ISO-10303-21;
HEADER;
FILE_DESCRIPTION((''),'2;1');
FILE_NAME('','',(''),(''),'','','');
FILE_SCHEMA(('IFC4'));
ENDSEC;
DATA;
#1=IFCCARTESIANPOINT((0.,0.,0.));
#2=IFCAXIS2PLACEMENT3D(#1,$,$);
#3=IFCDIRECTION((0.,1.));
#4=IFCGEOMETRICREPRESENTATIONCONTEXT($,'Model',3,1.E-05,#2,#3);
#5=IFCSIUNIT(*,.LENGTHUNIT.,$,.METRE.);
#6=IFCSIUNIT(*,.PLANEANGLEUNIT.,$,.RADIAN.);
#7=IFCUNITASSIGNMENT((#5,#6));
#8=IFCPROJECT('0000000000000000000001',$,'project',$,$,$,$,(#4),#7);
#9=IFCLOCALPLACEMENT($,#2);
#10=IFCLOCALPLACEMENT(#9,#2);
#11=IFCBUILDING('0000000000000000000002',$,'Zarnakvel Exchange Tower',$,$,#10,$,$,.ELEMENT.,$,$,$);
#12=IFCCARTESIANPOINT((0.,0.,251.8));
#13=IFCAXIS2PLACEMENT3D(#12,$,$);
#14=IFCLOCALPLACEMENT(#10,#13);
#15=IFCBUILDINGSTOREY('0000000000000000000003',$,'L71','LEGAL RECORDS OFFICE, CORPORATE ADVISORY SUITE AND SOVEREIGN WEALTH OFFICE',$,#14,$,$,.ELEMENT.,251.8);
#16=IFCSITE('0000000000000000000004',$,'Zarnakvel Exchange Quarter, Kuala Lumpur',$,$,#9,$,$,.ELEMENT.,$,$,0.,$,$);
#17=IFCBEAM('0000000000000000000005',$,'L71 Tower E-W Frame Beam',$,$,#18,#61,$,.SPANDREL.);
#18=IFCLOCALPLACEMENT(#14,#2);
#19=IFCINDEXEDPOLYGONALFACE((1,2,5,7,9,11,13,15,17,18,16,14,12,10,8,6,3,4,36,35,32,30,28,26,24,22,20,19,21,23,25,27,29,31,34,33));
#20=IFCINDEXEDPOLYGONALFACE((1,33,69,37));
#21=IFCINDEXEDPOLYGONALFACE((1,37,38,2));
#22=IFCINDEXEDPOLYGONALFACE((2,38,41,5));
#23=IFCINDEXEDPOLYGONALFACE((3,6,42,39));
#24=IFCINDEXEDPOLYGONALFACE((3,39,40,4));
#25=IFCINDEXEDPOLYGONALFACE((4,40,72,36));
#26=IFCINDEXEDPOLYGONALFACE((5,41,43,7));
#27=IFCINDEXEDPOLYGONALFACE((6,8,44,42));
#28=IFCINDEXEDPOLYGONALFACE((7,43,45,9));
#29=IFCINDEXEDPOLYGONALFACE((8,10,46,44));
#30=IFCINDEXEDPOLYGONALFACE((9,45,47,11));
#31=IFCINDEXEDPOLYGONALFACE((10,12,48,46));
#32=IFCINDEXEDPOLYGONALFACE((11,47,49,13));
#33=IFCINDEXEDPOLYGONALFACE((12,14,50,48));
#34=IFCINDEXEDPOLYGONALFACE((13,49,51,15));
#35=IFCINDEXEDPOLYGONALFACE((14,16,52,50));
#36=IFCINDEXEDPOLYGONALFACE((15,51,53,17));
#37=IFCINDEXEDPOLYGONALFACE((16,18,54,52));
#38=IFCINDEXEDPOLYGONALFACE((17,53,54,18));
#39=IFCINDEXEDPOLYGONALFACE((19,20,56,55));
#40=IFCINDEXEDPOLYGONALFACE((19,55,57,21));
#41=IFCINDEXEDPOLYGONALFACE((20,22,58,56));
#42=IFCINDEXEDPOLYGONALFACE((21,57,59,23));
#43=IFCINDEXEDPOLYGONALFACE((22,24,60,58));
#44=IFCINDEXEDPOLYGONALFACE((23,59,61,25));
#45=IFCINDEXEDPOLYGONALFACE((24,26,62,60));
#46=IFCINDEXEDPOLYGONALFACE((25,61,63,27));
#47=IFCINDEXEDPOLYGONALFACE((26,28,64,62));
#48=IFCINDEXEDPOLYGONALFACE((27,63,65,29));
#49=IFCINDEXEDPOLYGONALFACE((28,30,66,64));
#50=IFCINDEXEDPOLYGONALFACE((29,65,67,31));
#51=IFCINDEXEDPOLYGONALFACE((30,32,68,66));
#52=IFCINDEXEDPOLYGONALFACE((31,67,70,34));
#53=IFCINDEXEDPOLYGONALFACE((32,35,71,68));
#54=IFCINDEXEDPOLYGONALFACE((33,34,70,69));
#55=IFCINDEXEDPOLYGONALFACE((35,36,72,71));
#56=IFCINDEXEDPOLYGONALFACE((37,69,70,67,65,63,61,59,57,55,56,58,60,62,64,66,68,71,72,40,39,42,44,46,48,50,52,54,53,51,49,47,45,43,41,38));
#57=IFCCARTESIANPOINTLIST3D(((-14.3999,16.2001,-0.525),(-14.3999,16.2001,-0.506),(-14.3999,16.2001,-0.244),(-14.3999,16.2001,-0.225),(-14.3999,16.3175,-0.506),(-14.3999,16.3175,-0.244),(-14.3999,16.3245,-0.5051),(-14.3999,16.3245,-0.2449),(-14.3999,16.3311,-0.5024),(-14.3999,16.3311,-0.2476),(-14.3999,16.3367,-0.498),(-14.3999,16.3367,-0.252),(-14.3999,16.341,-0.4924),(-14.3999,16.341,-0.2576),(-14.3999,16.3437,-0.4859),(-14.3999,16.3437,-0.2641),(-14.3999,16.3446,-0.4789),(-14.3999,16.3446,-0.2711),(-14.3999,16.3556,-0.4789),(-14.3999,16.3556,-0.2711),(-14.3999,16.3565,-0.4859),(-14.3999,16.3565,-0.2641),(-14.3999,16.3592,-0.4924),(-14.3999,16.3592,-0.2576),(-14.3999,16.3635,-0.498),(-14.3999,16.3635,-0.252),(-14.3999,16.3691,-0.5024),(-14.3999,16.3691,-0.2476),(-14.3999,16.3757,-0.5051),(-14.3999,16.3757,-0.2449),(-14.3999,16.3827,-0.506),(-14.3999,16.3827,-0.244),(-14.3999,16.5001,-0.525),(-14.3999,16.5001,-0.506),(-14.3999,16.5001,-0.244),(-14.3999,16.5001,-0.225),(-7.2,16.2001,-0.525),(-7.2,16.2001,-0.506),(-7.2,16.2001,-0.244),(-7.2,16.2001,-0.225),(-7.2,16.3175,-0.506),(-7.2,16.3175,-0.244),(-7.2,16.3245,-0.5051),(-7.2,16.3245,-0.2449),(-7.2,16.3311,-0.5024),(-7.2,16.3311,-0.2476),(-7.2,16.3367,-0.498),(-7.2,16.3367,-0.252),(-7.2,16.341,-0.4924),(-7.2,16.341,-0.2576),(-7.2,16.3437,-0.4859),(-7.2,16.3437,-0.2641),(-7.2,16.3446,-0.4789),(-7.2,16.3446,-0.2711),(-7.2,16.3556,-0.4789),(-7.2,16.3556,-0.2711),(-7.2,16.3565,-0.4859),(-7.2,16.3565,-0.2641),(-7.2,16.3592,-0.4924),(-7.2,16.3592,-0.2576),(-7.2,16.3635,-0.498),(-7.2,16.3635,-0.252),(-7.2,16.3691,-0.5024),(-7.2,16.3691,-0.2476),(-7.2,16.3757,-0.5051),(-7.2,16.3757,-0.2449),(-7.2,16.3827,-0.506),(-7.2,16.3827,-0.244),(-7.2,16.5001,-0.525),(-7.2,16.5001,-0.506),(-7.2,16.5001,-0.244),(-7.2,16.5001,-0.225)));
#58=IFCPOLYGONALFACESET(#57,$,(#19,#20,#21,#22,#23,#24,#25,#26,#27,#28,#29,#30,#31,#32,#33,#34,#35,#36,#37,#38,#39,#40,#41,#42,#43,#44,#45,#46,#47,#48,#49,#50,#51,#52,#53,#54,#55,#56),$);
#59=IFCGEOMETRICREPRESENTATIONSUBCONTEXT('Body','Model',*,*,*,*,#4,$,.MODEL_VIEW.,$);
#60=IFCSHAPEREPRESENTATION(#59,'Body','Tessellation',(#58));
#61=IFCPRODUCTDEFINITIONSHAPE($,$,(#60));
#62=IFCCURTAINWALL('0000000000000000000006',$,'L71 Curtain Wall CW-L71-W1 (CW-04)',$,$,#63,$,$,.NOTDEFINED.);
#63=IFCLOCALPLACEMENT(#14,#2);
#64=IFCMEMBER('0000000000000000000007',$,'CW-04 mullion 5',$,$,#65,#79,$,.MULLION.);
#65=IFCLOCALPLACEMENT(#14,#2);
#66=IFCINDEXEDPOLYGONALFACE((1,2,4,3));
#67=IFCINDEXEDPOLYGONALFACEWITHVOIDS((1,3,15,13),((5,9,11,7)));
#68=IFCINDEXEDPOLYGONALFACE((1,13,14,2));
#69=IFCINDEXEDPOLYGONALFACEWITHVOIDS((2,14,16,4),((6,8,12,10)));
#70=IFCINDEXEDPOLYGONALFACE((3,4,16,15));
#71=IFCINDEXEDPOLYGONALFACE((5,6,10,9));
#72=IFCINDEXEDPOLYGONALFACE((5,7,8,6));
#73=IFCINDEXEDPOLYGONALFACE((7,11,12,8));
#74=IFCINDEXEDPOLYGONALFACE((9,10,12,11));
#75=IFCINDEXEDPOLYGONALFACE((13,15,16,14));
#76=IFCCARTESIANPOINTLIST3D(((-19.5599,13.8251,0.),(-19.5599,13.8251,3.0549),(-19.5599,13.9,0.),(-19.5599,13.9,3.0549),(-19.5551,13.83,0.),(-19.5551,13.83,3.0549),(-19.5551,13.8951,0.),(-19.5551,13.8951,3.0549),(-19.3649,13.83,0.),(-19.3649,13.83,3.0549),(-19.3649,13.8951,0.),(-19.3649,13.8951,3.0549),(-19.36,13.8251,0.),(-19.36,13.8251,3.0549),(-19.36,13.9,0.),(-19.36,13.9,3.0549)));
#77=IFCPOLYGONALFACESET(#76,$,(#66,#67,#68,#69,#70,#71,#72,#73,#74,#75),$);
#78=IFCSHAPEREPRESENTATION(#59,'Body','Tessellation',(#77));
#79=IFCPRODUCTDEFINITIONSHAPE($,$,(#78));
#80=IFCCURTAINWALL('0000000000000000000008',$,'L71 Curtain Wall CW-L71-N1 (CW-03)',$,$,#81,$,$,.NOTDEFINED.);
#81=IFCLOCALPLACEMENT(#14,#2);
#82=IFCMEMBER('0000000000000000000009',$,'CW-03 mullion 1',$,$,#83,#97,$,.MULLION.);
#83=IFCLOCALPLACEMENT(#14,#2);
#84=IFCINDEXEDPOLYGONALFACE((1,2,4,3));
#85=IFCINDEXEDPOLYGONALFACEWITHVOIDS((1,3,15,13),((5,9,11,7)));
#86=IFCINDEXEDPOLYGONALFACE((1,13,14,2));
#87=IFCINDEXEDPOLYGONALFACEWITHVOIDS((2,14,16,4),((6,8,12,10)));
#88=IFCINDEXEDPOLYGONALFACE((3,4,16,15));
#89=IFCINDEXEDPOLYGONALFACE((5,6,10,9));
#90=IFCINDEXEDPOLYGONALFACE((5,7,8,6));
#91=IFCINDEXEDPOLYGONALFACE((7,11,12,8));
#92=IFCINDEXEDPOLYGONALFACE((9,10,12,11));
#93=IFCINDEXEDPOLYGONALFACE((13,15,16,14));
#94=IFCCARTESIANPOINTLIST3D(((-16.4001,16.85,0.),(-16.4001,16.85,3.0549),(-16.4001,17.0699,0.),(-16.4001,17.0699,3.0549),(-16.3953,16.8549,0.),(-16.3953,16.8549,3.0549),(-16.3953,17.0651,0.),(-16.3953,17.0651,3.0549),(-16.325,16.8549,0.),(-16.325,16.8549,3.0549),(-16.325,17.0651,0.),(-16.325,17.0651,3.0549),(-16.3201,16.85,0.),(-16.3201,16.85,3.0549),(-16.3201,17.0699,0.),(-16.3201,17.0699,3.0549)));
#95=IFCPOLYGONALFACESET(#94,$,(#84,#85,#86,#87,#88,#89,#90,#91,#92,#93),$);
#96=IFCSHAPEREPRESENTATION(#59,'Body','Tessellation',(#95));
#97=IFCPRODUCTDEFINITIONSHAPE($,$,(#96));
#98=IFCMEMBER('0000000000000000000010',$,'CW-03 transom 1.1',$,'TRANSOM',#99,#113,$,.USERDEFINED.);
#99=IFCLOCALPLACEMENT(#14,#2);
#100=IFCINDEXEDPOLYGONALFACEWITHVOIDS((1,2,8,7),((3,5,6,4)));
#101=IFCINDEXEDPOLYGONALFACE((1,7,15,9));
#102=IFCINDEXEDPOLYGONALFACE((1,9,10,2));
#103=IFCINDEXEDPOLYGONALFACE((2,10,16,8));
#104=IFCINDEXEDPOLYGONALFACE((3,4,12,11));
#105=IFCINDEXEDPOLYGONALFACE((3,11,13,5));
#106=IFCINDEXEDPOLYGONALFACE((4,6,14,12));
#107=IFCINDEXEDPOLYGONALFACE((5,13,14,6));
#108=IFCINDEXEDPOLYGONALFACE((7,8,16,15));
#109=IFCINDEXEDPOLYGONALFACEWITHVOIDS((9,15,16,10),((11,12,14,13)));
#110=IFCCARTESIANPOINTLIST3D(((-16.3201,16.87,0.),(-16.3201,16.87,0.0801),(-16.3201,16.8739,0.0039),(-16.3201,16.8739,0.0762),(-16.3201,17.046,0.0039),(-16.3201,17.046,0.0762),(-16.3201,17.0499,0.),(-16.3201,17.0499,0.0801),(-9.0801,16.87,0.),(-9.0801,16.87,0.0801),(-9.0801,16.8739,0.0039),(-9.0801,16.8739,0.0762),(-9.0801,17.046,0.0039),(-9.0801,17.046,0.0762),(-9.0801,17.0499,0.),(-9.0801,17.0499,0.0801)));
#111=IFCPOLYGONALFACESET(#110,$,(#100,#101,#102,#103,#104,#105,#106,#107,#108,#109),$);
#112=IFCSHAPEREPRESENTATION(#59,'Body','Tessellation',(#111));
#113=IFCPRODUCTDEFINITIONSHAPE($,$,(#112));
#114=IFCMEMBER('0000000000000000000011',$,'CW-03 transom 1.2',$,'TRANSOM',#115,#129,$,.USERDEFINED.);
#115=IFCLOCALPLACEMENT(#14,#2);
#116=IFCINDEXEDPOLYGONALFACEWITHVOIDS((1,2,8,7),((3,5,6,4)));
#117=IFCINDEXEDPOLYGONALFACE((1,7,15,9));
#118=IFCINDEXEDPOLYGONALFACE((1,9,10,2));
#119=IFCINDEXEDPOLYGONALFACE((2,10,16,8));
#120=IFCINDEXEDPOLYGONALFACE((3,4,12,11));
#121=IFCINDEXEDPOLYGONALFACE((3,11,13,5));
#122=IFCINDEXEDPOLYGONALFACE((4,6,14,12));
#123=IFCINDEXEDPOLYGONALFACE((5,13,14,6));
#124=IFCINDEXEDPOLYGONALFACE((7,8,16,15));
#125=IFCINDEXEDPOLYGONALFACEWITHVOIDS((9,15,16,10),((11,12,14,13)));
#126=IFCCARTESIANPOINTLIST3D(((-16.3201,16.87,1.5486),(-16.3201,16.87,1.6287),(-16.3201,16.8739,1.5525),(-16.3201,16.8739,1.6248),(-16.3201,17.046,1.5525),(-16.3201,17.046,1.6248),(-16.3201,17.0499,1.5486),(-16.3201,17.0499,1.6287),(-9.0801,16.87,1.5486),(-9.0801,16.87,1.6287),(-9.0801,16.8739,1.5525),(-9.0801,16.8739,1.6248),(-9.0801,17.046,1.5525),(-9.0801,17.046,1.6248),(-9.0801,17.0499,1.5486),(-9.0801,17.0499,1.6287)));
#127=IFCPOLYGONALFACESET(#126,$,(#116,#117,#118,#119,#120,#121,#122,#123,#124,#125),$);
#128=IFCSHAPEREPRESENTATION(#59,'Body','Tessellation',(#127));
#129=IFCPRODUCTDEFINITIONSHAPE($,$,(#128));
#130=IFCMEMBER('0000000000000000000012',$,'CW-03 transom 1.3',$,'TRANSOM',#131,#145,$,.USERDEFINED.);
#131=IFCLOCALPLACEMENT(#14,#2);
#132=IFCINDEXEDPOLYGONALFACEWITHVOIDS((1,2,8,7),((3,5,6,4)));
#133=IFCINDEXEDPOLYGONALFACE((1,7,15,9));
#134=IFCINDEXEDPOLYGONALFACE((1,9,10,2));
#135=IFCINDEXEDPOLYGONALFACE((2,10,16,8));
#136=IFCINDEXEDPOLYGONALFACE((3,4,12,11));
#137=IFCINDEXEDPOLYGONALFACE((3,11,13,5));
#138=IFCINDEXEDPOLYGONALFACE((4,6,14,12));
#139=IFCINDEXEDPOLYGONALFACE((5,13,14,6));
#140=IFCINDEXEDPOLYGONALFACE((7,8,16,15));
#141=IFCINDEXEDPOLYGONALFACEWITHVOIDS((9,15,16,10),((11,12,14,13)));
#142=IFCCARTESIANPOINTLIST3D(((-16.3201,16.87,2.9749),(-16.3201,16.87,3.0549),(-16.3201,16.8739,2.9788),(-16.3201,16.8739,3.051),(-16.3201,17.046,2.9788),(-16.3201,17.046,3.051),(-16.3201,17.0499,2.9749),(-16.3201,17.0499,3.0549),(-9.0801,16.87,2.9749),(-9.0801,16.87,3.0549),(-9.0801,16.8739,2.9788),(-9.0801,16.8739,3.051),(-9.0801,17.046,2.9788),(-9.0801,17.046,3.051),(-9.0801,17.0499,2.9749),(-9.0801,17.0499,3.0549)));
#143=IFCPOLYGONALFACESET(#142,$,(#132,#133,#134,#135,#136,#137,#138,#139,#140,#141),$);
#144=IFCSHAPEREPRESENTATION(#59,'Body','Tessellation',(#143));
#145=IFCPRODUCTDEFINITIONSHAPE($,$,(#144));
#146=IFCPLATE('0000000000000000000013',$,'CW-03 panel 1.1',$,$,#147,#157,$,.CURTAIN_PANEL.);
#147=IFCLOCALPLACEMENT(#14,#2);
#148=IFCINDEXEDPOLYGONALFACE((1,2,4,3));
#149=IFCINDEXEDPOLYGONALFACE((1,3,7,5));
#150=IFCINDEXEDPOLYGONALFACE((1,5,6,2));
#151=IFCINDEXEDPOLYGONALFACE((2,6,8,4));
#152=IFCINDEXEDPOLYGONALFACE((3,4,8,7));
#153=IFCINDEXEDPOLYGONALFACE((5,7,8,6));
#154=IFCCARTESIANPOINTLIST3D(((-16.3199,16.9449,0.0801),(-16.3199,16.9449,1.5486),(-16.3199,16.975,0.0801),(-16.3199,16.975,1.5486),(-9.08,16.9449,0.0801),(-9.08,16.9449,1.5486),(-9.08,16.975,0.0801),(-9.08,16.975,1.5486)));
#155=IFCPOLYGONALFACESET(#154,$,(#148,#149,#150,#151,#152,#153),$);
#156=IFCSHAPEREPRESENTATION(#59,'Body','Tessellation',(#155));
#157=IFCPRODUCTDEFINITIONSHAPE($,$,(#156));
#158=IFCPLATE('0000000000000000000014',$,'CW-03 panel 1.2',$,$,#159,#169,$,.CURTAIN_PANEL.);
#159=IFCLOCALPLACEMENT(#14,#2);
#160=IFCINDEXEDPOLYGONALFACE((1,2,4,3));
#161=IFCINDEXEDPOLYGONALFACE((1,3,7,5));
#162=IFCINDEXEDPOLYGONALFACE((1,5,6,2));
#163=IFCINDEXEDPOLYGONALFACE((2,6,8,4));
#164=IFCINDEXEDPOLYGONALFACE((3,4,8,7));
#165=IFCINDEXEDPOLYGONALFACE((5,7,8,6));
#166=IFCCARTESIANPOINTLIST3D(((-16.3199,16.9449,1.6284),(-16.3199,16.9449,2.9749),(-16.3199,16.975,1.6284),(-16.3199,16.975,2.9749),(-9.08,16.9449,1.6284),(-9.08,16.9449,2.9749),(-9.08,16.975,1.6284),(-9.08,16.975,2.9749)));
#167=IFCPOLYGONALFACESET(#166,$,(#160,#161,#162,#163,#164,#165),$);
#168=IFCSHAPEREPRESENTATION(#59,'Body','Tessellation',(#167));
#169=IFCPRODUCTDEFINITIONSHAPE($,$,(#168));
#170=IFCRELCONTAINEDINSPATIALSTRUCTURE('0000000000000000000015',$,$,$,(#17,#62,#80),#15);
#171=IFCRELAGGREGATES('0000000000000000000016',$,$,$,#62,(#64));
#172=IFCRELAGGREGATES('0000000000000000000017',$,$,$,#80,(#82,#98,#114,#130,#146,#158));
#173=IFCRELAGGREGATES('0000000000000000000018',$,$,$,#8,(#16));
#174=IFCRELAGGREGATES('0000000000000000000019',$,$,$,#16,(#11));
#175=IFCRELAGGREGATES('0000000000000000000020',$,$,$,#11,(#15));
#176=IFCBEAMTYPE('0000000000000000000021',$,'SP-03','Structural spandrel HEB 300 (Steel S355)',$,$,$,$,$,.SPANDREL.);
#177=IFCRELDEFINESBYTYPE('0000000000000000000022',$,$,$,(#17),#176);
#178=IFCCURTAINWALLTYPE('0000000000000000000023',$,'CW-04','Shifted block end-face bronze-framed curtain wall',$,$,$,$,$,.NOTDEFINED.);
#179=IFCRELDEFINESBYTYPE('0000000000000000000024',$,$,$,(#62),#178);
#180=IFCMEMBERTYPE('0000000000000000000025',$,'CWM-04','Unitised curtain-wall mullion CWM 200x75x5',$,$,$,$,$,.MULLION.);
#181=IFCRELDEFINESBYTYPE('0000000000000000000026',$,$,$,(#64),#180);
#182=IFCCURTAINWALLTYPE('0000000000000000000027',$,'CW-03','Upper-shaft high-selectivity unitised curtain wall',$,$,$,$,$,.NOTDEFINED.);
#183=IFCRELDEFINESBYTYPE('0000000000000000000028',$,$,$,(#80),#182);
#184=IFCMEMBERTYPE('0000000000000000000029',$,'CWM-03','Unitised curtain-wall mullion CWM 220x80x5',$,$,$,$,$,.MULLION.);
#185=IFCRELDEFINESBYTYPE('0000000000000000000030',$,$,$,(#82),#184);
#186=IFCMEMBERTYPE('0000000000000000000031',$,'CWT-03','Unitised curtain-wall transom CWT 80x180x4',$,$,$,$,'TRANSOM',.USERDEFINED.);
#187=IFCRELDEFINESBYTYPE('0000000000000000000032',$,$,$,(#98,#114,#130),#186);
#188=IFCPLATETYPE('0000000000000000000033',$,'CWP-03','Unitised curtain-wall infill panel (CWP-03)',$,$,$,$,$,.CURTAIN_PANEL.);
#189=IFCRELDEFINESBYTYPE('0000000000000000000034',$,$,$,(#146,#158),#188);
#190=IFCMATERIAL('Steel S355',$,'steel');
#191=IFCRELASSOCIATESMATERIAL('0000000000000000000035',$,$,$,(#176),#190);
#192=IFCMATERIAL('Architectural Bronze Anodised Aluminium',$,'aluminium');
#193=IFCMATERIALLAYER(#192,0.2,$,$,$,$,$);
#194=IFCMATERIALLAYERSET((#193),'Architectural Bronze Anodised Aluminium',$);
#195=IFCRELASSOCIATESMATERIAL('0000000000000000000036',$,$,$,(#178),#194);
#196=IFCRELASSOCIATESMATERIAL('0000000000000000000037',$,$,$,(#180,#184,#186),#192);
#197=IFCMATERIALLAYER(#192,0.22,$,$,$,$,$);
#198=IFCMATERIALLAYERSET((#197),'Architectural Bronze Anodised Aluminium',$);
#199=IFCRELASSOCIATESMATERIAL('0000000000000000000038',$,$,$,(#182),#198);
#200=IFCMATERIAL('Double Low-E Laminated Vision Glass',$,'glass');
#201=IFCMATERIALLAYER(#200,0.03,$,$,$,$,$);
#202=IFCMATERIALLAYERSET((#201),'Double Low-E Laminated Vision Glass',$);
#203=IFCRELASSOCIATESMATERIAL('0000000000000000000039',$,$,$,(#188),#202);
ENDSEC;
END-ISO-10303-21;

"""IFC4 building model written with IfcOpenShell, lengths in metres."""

from ifc_helpers import new_model, si_unit, direction, frame, origin, origin_2d, place, context, subcontext, project, spatial, rectangle, hollow_rectangle, i_section, extrude, source, transform, mapped, material, layer, layer_set, material_profile, profile_set, type_object, element, aggregate, save


model = new_model("IFC4")

# Units and contexts
model_context = context("Model", 3, precision=1e-05, world=origin(), true_north=direction((0.0, 1.0)))
body_context = subcontext(model_context, "Body", "Model", "MODEL_VIEW")
ifc_project = project(units=[si_unit("LENGTHUNIT", "METRE"), si_unit("PLANEANGLEUNIT", "RADIAN")], contexts=[model_context])

# Site, building, storey
site_placement = place(None, origin())
site = spatial("IfcSite", under=ifc_project, at=site_placement, Name="Zarnakvel Exchange Quarter, Kuala Lumpur", CompositionType="ELEMENT", RefElevation=0.0)
building_placement = place(site_placement, origin())
building = spatial("IfcBuilding", under=site, at=building_placement, Name="Zarnakvel Exchange Tower", CompositionType="ELEMENT")
storey_placement = place(building_placement, frame((0.0, 0.0, 251.8)))
storey = spatial("IfcBuildingStorey", under=building, at=storey_placement, Name="L71", Description="LEGAL RECORDS OFFICE, CORPORATE ADVISORY SUITE AND SOVEREIGN WEALTH OFFICE", CompositionType="ELEMENT", Elevation=251.8)

# Shared definitions
ifc_material_1 = material(Name="Steel S355", Category="steel")

# Beam
ifc_material_profile_1 = material_profile(ifc_material_1, i_section(OverallWidth=0.3, OverallDepth=0.3, WebThickness=0.011, FlangeThickness=0.019, FilletRadius=0.0271, at=origin_2d()))
ifc_profile_set_1 = profile_set([ifc_material_profile_1], Name="Steel S355")
beam_type_1 = type_object("IfcBeamType", Name="SP-03", Description="Structural spandrel HEB 300 (Steel S355)", PredefinedType="SPANDREL", material=ifc_profile_set_1)
beam_1_placement = place(storey_placement, frame((-14.3999, 16.3501, -0.375), z_axis=(1.0, 0.0, 0.0), x_axis=(0.0, 1.0, 0.0)))
element("IfcBeam", 1, at=beam_1_placement, inside=storey, type_object=beam_type_1, Name="L71 Tower E-W Frame Beam", PredefinedType="SPANDREL", context=body_context, shape_type="SweptSolid", body=[
    extrude(i_section(OverallWidth=0.3, OverallDepth=0.3, WebThickness=0.011, FlangeThickness=0.019, FilletRadius=0.0271, at=origin_2d()), origin(), (0.0, 0.0, 1.0), 7.2),
])

# Curtain wall, member
ifc_material_2 = material(Name="Architectural Bronze Anodised Aluminium", Category="aluminium")
ifc_layer_1 = layer(ifc_material_2, 0.2)
ifc_layer_set_1 = layer_set([ifc_layer_1], Name="Architectural Bronze Anodised Aluminium")
curtain_wall_type_1 = type_object("IfcCurtainWallType", Name="CW-04", Description="Shifted block end-face bronze-framed curtain wall", PredefinedType="NOTDEFINED", material=ifc_layer_set_1)
curtain_wall_1_placement = place(storey_placement, origin())
curtain_wall_1 = element("IfcCurtainWall", 2, at=curtain_wall_1_placement, inside=storey, type_object=curtain_wall_type_1, Name="L71 Curtain Wall CW-L71-W1 (CW-04)", PredefinedType="NOTDEFINED")
ifc_material_profile_2 = material_profile(ifc_material_2, hollow_rectangle(XDim=0.2, YDim=0.075, WallThickness=0.0049, at=origin_2d()))
ifc_profile_set_2 = profile_set([ifc_material_profile_2], Name="Architectural Bronze Anodised Aluminium")
member_type_1 = type_object("IfcMemberType", Name="CWM-04", Description="Unitised curtain-wall mullion CWM 200x75x5", PredefinedType="MULLION", material=ifc_profile_set_2)
shared_shape_1 = source(origin(), body_context, "Body", "SweptSolid", [
    extrude(hollow_rectangle(XDim=0.2, YDim=0.075, WallThickness=0.0049, at=origin_2d()), origin(), (0.0, 0.0, 1.0), 3.0549),
])
member_1_placement = place(storey_placement, frame((-19.46, 13.8625, 0.0), z_axis=(0.0, 0.0, 1.0), x_axis=(-1.0, 0.0, 0.0)))
member_1 = element("IfcMember", 3, at=member_1_placement, type_object=member_type_1, Name="CW-04 mullion 5", PredefinedType="MULLION", context=body_context, shape_type="MappedRepresentation", body=[
    mapped(shared_shape_1, transform((0.0, 0.0, 0.0), x_axis=(1.0, 0.0, 0.0), y_axis=(0.0, 1.0, 0.0), z_axis=(0.0, 0.0, 1.0), scale=1.0)),
])
aggregate(curtain_wall_1, [member_1])

# Curtain wall, members, plates
ifc_layer_2 = layer(ifc_material_2, 0.22)
ifc_layer_set_2 = layer_set([ifc_layer_2], Name="Architectural Bronze Anodised Aluminium")
curtain_wall_type_2 = type_object("IfcCurtainWallType", Name="CW-03", Description="Upper-shaft high-selectivity unitised curtain wall", PredefinedType="NOTDEFINED", material=ifc_layer_set_2)
curtain_wall_2_placement = place(storey_placement, origin())
curtain_wall_2 = element("IfcCurtainWall", 4, at=curtain_wall_2_placement, inside=storey, type_object=curtain_wall_type_2, Name="L71 Curtain Wall CW-L71-N1 (CW-03)", PredefinedType="NOTDEFINED")
ifc_material_profile_3 = material_profile(ifc_material_2, hollow_rectangle(XDim=0.22, YDim=0.0801, WallThickness=0.0049, at=origin_2d()))
ifc_profile_set_3 = profile_set([ifc_material_profile_3], Name="Architectural Bronze Anodised Aluminium")
member_type_2 = type_object("IfcMemberType", Name="CWM-03", Description="Unitised curtain-wall mullion CWM 220x80x5", PredefinedType="MULLION", material=ifc_profile_set_3)
shared_shape_2 = source(origin(), body_context, "Body", "SweptSolid", [
    extrude(hollow_rectangle(XDim=0.22, YDim=0.0801, WallThickness=0.0049, at=origin_2d()), origin(), (0.0, 0.0, 1.0), 3.0549),
])
member_2_placement = place(storey_placement, frame((-16.3601, 16.96, 0.0), z_axis=(0.0, 0.0, 1.0), x_axis=(0.0, 1.0, 0.0)))
member_2 = element("IfcMember", 5, at=member_2_placement, type_object=member_type_2, Name="CW-03 mullion 1", PredefinedType="MULLION", context=body_context, shape_type="MappedRepresentation", body=[
    mapped(shared_shape_2, transform((0.0, 0.0, 0.0), x_axis=(1.0, 0.0, 0.0), y_axis=(0.0, 1.0, 0.0), z_axis=(0.0, 0.0, 1.0), scale=1.0)),
])
ifc_material_profile_4 = material_profile(ifc_material_2, hollow_rectangle(XDim=0.1799, YDim=0.0801, WallThickness=0.0039, at=origin_2d()))
ifc_profile_set_4 = profile_set([ifc_material_profile_4], Name="Architectural Bronze Anodised Aluminium")
member_type_3 = type_object("IfcMemberType", Name="CWT-03", Description="Unitised curtain-wall transom CWT 80x180x4", ElementType="TRANSOM", PredefinedType="USERDEFINED", material=ifc_profile_set_4)
shared_shape_3 = source(origin(), body_context, "Body", "SweptSolid", [
    extrude(hollow_rectangle(XDim=0.1799, YDim=0.0801, WallThickness=0.0039, at=origin_2d()), origin(), (0.0, 0.0, 1.0), 7.24),
])
member_3_placement = place(storey_placement, frame((-16.3201, 16.96, 0.04), z_axis=(1.0, 0.0, 0.0), x_axis=(0.0, 1.0, 0.0)))
member_3 = element("IfcMember", 6, at=member_3_placement, type_object=member_type_3, Name="CW-03 transom 1.1", ObjectType="TRANSOM", PredefinedType="USERDEFINED", context=body_context, shape_type="MappedRepresentation", body=[
    mapped(shared_shape_3, transform((0.0, 0.0, 0.0), x_axis=(1.0, 0.0, 0.0), y_axis=(0.0, 1.0, 0.0), z_axis=(0.0, 0.0, 1.0), scale=1.0)),
])
member_4_placement = place(storey_placement, frame((-16.3201, 16.96, 1.5886), z_axis=(1.0, 0.0, 0.0), x_axis=(0.0, 1.0, 0.0)))
member_4 = element("IfcMember", 7, at=member_4_placement, type_object=member_type_3, Name="CW-03 transom 1.2", ObjectType="TRANSOM", PredefinedType="USERDEFINED", context=body_context, shape_type="MappedRepresentation", body=[
    mapped(shared_shape_3, transform((0.0, 0.0, 0.0), x_axis=(1.0, 0.0, 0.0), y_axis=(0.0, 1.0, 0.0), z_axis=(0.0, 0.0, 1.0), scale=1.0)),
])
member_5_placement = place(storey_placement, frame((-16.3201, 16.96, 3.0149), z_axis=(1.0, 0.0, 0.0), x_axis=(0.0, 1.0, 0.0)))
member_5 = element("IfcMember", 8, at=member_5_placement, type_object=member_type_3, Name="CW-03 transom 1.3", ObjectType="TRANSOM", PredefinedType="USERDEFINED", context=body_context, shape_type="MappedRepresentation", body=[
    mapped(shared_shape_3, transform((0.0, 0.0, 0.0), x_axis=(1.0, 0.0, 0.0), y_axis=(0.0, 1.0, 0.0), z_axis=(0.0, 0.0, 1.0), scale=1.0)),
])
ifc_material_3 = material(Name="Double Low-E Laminated Vision Glass", Category="glass")
ifc_layer_3 = layer(ifc_material_3, 0.03)
ifc_layer_set_3 = layer_set([ifc_layer_3], Name="Double Low-E Laminated Vision Glass")
plate_type = type_object("IfcPlateType", Name="CWP-03", Description="Unitised curtain-wall infill panel (CWP-03)", PredefinedType="CURTAIN_PANEL", material=ifc_layer_set_3)
shared_shape_4 = source(origin(), body_context, "Body", "SweptSolid", [
    extrude(rectangle(XDim=7.24, YDim=0.03, at=origin_2d()), origin(), (0.0, 0.0, 1.0), 1.4685),
])
plate_1_placement = place(storey_placement, frame((-12.7, 16.96, 0.0801), z_axis=(0.0, 0.0, 1.0), x_axis=(1.0, 0.0, 0.0)))
plate_1 = element("IfcPlate", 9, at=plate_1_placement, type_object=plate_type, Name="CW-03 panel 1.1", PredefinedType="CURTAIN_PANEL", context=body_context, shape_type="MappedRepresentation", body=[
    mapped(shared_shape_4, transform((0.0, 0.0, 0.0), x_axis=(1.0, 0.0, 0.0), y_axis=(0.0, 1.0, 0.0), z_axis=(0.0, 0.0, 1.0), scale=1.0)),
])
shared_shape_5 = source(origin(), body_context, "Body", "SweptSolid", [
    extrude(rectangle(XDim=7.24, YDim=0.03, at=origin_2d()), origin(), (0.0, 0.0, 1.0), 1.3464),
])
plate_2_placement = place(storey_placement, frame((-12.7, 16.96, 1.6284), z_axis=(0.0, 0.0, 1.0), x_axis=(1.0, 0.0, 0.0)))
plate_2 = element("IfcPlate", 10, at=plate_2_placement, type_object=plate_type, Name="CW-03 panel 1.2", PredefinedType="CURTAIN_PANEL", context=body_context, shape_type="MappedRepresentation", body=[
    mapped(shared_shape_5, transform((0.0, 0.0, 0.0), x_axis=(1.0, 0.0, 0.0), y_axis=(0.0, 1.0, 0.0), z_axis=(0.0, 0.0, 1.0), scale=1.0)),
])
aggregate(curtain_wall_2, [member_2, member_3, member_4, member_5, plate_1, plate_2])

save(model, "model.ifc")
